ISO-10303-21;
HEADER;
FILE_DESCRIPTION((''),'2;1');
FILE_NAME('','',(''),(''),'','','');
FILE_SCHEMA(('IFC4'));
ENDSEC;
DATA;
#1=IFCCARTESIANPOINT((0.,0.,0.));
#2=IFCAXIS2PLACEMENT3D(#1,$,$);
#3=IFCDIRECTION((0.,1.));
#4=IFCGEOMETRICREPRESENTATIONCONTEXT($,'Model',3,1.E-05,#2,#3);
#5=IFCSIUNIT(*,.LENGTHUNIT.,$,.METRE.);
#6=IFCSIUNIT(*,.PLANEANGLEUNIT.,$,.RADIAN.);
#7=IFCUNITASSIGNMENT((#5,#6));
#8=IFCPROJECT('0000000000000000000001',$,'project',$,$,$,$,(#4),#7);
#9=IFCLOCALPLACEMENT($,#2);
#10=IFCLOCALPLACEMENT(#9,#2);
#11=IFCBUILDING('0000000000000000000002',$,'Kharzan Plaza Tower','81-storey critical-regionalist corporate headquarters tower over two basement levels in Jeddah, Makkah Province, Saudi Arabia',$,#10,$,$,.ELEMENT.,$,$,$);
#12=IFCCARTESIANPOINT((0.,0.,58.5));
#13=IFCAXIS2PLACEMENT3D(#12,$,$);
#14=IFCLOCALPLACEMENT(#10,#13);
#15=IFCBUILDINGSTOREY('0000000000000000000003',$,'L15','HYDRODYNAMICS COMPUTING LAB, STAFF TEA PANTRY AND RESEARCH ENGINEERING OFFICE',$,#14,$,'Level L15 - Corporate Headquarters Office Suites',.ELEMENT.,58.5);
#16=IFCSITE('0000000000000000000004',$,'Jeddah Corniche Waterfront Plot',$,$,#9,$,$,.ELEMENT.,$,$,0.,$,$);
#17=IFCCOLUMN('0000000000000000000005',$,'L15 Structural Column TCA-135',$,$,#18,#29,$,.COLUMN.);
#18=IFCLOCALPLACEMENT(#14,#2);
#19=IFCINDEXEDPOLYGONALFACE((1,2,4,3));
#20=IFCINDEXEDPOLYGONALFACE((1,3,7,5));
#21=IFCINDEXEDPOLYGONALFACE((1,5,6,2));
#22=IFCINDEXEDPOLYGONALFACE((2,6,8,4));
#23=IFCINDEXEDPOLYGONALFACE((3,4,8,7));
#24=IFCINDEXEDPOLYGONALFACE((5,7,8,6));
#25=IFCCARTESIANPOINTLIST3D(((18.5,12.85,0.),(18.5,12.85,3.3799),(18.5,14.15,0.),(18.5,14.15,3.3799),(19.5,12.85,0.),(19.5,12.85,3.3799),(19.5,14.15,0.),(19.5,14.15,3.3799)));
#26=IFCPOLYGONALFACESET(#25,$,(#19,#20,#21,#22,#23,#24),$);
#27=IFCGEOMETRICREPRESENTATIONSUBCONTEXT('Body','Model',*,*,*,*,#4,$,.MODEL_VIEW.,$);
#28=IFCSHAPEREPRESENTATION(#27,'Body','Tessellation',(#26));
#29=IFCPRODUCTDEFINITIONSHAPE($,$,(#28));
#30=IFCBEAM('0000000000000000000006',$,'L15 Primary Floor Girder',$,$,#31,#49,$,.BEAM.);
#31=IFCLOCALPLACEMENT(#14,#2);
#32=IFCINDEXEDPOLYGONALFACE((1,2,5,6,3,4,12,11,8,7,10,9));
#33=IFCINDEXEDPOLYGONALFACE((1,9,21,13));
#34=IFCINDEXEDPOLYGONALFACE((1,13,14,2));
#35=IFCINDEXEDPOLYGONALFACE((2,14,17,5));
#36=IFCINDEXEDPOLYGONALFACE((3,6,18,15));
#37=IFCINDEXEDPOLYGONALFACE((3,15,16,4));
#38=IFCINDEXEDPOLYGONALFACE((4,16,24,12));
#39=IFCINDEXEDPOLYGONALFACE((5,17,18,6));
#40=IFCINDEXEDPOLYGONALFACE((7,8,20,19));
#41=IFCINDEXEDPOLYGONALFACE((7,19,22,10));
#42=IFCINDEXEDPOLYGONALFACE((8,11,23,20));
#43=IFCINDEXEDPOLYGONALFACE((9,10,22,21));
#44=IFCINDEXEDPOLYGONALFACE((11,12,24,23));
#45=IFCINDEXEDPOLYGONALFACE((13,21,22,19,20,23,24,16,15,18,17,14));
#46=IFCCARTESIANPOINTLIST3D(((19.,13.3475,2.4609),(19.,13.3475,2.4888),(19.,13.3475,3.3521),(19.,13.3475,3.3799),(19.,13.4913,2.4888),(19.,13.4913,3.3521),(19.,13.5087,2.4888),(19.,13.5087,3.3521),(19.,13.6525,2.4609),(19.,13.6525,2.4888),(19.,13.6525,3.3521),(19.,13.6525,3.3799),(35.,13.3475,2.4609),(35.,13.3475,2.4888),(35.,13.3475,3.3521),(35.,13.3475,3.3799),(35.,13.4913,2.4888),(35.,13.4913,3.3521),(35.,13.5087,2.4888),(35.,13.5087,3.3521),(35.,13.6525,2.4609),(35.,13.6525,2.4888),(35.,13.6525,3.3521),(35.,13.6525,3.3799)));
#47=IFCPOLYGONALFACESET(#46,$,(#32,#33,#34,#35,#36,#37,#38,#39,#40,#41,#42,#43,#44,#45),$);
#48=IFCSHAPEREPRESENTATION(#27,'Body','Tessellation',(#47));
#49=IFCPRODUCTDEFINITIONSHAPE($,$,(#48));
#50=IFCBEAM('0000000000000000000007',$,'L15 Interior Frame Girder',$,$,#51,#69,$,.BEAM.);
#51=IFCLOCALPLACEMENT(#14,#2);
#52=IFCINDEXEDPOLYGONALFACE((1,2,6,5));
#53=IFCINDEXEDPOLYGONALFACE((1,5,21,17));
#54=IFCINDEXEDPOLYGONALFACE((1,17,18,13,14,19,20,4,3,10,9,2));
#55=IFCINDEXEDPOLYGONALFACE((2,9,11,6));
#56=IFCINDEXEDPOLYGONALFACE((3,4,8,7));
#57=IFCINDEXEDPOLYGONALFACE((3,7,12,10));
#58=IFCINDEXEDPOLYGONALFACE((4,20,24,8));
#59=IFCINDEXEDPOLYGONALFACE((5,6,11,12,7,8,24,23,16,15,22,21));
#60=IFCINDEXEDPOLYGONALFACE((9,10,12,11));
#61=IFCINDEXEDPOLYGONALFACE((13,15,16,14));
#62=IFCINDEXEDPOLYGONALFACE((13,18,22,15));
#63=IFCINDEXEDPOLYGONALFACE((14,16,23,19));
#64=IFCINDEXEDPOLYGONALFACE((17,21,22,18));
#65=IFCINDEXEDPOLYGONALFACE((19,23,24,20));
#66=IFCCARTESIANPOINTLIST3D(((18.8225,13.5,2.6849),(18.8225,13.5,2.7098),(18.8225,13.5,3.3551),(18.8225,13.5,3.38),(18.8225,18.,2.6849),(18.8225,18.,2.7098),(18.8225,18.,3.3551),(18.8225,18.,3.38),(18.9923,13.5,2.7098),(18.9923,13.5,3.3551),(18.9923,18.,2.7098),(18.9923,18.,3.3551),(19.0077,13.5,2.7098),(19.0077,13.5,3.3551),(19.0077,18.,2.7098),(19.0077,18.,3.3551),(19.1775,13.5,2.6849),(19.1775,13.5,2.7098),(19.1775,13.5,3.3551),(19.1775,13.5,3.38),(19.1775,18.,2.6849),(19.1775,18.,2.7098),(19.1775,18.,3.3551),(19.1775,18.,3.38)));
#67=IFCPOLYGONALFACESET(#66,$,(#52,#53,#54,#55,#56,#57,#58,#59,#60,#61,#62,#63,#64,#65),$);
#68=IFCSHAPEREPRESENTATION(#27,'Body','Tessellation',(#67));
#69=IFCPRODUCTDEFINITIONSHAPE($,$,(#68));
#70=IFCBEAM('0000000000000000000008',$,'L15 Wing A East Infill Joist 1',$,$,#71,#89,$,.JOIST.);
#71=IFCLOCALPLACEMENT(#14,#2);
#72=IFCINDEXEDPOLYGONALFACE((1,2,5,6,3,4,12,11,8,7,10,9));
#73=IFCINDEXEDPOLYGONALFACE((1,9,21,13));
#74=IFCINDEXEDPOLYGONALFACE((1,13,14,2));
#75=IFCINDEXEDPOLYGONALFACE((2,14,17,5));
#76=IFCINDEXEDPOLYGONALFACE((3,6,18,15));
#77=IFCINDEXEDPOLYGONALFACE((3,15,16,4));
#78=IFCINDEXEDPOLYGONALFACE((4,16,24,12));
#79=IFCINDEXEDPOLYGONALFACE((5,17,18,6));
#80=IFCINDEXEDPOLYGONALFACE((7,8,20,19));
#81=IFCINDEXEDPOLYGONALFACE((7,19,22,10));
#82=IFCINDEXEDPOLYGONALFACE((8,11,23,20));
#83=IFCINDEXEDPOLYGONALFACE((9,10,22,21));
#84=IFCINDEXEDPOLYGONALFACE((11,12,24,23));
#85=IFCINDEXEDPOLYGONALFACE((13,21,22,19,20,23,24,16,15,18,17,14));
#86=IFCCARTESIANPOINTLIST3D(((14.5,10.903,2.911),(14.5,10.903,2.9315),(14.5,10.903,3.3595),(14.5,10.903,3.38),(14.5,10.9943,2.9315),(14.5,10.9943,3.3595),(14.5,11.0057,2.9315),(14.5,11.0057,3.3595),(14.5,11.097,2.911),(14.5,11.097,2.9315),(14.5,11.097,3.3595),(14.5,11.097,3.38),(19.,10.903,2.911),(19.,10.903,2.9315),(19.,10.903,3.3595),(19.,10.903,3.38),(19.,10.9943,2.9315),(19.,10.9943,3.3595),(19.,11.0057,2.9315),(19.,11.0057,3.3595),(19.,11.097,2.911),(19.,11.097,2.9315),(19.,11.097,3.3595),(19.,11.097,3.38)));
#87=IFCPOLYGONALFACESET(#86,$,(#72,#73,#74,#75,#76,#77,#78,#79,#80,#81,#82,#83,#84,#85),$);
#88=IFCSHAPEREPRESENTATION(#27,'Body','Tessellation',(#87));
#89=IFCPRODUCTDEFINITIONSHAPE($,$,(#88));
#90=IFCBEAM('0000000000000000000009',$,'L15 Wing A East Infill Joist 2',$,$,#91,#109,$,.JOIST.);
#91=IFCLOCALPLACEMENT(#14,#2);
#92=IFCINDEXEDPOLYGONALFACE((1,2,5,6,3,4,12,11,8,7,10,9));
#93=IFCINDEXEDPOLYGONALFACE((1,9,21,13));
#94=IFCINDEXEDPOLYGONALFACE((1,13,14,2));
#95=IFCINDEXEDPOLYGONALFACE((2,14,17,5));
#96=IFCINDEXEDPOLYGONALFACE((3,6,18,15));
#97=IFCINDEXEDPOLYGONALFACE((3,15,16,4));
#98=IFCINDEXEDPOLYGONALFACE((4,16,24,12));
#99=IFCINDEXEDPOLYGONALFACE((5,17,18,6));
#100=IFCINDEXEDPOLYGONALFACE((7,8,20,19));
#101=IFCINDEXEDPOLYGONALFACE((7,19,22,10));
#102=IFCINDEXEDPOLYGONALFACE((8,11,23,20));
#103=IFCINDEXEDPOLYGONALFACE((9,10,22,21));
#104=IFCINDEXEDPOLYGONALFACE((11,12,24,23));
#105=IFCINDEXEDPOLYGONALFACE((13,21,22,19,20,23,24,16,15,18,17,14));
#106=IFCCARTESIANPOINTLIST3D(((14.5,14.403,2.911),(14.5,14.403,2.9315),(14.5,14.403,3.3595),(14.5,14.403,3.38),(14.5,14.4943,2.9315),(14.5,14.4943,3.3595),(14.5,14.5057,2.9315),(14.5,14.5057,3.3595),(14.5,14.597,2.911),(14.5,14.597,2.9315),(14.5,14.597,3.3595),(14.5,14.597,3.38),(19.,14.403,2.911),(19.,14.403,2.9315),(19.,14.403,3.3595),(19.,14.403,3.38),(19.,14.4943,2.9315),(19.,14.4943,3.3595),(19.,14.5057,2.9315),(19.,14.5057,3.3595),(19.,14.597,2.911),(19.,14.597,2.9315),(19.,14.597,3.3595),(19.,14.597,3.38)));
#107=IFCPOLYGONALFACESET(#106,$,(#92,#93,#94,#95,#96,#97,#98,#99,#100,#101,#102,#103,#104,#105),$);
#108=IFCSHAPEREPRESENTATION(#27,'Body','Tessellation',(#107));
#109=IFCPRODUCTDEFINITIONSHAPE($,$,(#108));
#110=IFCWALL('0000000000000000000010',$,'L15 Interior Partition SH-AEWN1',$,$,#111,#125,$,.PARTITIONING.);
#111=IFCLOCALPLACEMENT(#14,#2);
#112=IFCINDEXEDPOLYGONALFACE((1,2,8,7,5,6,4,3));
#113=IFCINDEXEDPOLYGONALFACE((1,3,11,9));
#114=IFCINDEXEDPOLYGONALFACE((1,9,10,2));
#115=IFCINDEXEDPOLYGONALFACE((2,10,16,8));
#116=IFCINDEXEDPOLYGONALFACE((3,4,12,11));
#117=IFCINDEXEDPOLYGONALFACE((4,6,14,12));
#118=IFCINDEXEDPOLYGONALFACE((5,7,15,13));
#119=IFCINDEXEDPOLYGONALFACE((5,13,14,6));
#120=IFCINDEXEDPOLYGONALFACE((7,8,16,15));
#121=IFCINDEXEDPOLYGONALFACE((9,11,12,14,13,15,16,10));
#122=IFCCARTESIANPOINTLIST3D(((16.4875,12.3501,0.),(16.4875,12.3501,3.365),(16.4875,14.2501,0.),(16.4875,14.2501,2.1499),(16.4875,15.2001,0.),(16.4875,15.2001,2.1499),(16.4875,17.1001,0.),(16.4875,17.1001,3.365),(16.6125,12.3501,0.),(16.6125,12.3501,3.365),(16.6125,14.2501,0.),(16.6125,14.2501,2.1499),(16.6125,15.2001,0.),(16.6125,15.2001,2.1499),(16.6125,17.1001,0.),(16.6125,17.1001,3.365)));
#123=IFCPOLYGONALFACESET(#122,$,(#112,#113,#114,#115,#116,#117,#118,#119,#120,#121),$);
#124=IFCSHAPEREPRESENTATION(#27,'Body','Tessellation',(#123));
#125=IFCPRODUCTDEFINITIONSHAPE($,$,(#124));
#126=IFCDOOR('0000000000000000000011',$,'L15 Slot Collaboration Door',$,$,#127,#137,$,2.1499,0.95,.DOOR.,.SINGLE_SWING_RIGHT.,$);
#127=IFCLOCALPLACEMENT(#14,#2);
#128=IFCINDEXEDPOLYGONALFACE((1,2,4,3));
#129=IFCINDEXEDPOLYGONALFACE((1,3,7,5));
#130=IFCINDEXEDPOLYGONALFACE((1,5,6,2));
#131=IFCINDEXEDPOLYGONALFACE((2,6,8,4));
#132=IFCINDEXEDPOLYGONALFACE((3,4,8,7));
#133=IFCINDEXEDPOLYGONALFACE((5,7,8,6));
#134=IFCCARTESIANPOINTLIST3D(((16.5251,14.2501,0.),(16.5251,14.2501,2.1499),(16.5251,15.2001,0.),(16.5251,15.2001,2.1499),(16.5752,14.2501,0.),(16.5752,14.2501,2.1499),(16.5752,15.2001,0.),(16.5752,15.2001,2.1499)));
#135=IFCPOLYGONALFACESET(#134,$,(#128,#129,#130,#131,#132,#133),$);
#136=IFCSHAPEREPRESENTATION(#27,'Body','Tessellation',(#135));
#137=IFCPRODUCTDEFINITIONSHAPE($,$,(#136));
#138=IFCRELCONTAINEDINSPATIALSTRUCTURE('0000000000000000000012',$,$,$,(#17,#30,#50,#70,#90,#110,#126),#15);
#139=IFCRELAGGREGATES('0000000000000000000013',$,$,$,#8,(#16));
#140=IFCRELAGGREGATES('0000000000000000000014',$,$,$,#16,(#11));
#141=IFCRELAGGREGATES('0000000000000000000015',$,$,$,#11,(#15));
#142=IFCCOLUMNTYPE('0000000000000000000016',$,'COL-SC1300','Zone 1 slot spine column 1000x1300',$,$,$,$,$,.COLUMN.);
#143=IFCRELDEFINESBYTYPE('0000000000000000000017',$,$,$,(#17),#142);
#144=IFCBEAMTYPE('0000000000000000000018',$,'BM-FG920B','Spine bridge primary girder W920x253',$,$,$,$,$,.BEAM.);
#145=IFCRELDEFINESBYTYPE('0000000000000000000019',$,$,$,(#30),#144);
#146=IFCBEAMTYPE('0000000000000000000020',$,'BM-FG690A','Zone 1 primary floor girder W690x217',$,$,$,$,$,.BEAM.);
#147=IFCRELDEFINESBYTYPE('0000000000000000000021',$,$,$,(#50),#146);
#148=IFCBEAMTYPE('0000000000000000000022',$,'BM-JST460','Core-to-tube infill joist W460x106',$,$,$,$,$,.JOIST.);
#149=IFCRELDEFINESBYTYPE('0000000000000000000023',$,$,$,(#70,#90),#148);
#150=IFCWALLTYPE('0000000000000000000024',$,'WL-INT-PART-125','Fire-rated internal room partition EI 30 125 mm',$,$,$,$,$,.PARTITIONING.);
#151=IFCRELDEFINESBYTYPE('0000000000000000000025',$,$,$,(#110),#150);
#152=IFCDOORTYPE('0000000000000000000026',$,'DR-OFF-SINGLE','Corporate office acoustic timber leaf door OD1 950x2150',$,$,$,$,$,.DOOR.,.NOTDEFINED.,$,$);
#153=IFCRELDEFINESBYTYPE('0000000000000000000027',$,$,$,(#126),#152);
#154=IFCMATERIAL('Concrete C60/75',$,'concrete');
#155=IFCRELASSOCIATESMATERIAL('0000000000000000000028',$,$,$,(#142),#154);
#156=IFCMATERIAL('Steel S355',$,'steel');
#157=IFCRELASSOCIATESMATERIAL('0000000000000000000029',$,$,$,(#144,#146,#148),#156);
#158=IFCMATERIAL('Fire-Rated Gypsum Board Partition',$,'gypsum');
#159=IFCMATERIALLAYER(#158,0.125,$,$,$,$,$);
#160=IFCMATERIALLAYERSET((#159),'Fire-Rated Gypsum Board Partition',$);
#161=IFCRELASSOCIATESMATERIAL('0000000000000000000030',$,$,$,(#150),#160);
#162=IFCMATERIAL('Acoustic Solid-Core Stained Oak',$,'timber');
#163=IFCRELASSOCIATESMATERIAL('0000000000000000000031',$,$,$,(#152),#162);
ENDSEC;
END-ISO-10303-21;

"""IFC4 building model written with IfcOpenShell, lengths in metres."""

from ifc_helpers import new_model, si_unit, direction, frame, frame_2d, origin, origin_2d, place, context, subcontext, project, spatial, rectangle, i_section, extrude, source, transform, mapped, material, layer, layer_set, material_profile, profile_set, type_object, element, fill, save


model = new_model("IFC4")

# Units and contexts
model_context = context("Model", 3, precision=1e-05, world=origin(), true_north=direction((0.0, 1.0)))
body_context = subcontext(model_context, "Body", "Model", "MODEL_VIEW")
ifc_project = project(units=[si_unit("LENGTHUNIT", "METRE"), si_unit("PLANEANGLEUNIT", "RADIAN")], contexts=[model_context])

# Site, building, storey
site_placement = place(None, origin())
site = spatial("IfcSite", under=ifc_project, at=site_placement, Name="Jeddah Corniche Waterfront Plot", CompositionType="ELEMENT", RefElevation=0.0)
building_placement = place(site_placement, origin())
building = spatial("IfcBuilding", under=site, at=building_placement, Name="Kharzan Plaza Tower", Description="81-storey critical-regionalist corporate headquarters tower over two basement levels in Jeddah, Makkah Province, Saudi Arabia", CompositionType="ELEMENT")
storey_placement = place(building_placement, frame((0.0, 0.0, 58.5)))
storey = spatial("IfcBuildingStorey", under=building, at=storey_placement, Name="L15", Description="HYDRODYNAMICS COMPUTING LAB, STAFF TEA PANTRY AND RESEARCH ENGINEERING OFFICE", LongName="Level L15 - Corporate Headquarters Office Suites", CompositionType="ELEMENT", Elevation=58.5)

# Column
ifc_material_1 = material(Name="Concrete C60/75", Category="concrete")
ifc_material_profile_1 = material_profile(ifc_material_1, rectangle(XDim=1.0, YDim=1.3, at=origin_2d()), Name="RC-SC1300x1000")
ifc_profile_set_1 = profile_set([ifc_material_profile_1], Name="Concrete C60/75")
column_type = type_object("IfcColumnType", Name="COL-SC1300", Description="Zone 1 slot spine column 1000x1300", PredefinedType="COLUMN", material=ifc_profile_set_1)
shared_shape_1 = source(origin(), body_context, "Body", "SweptSolid", [
    extrude(rectangle(XDim=1.0, YDim=1.3, at=origin_2d()), origin(), (0.0, 0.0, 1.0), 3.3799),
])
column_placement = place(storey_placement, frame((19.0, 13.5, 0.0), z_axis=(0.0, 0.0, 1.0), x_axis=(1.0, 0.0, 0.0)))
element("IfcColumn", 1, at=column_placement, inside=storey, type_object=column_type, Name="L15 Structural Column TCA-135", PredefinedType="COLUMN", context=body_context, shape_type="MappedRepresentation", body=[
    mapped(shared_shape_1, transform((0.0, 0.0, 0.0), x_axis=(1.0, 0.0, 0.0), y_axis=(0.0, 1.0, 0.0), z_axis=(0.0, 0.0, 1.0))),
])

# Beams
ifc_material_2 = material(Name="Steel S355", Category="steel")
ifc_material_profile_2 = material_profile(ifc_material_2, i_section(OverallWidth=0.3049, OverallDepth=0.9189, WebThickness=0.0173, FlangeThickness=0.0278, at=origin_2d()), Name="W920x253")
ifc_profile_set_2 = profile_set([ifc_material_profile_2], Name="Steel S355")
beam_type_1 = type_object("IfcBeamType", Name="BM-FG920B", Description="Spine bridge primary girder W920x253", PredefinedType="BEAM", material=ifc_profile_set_2)
shared_shape_2 = source(origin(), body_context, "Body", "SweptSolid", [
    extrude(i_section(OverallWidth=0.3049, OverallDepth=0.9189, WebThickness=0.0173, FlangeThickness=0.0278, at=origin_2d()), origin(), (0.0, 0.0, 1.0), 16.0),
])
beam_1_placement = place(storey_placement, frame((19.0, 13.5, 2.9204), z_axis=(1.0, 0.0, 0.0), x_axis=(0.0, 1.0, 0.0)))
element("IfcBeam", 2, at=beam_1_placement, inside=storey, type_object=beam_type_1, Name="L15 Primary Floor Girder", PredefinedType="BEAM", context=body_context, shape_type="MappedRepresentation", body=[
    mapped(shared_shape_2, transform((0.0, 0.0, 0.0), x_axis=(1.0, 0.0, 0.0), y_axis=(0.0, 1.0, 0.0), z_axis=(0.0, 0.0, 1.0))),
])
ifc_material_profile_3 = material_profile(ifc_material_2, i_section(OverallWidth=0.355, OverallDepth=0.6951, WebThickness=0.0154, FlangeThickness=0.0249, at=origin_2d()), Name="W690x217")
ifc_profile_set_3 = profile_set([ifc_material_profile_3], Name="Steel S355")
beam_type_2 = type_object("IfcBeamType", Name="BM-FG690A", Description="Zone 1 primary floor girder W690x217", PredefinedType="BEAM", material=ifc_profile_set_3)
shared_shape_3 = source(origin(), body_context, "Body", "SweptSolid", [
    extrude(i_section(OverallWidth=0.355, OverallDepth=0.6951, WebThickness=0.0154, FlangeThickness=0.0249, at=origin_2d()), origin(), (0.0, 0.0, 1.0), 4.5),
])
beam_2_placement = place(storey_placement, frame((19.0, 13.5, 3.0325), z_axis=(0.0, 1.0, 0.0), x_axis=(-1.0, 0.0, 0.0)))
element("IfcBeam", 3, at=beam_2_placement, inside=storey, type_object=beam_type_2, Name="L15 Interior Frame Girder", PredefinedType="BEAM", context=body_context, shape_type="MappedRepresentation", body=[
    mapped(shared_shape_3, transform((0.0, 0.0, 0.0), x_axis=(1.0, 0.0, 0.0), y_axis=(0.0, 1.0, 0.0), z_axis=(0.0, 0.0, 1.0))),
])
ifc_material_profile_4 = material_profile(ifc_material_2, i_section(OverallWidth=0.1941, OverallDepth=0.469, WebThickness=0.0115, FlangeThickness=0.0205, at=origin_2d()), Name="W460x106")
ifc_profile_set_4 = profile_set([ifc_material_profile_4], Name="Steel S355")
beam_type_3 = type_object("IfcBeamType", Name="BM-JST460", Description="Core-to-tube infill joist W460x106", PredefinedType="JOIST", material=ifc_profile_set_4)
shared_shape_4 = source(origin(), body_context, "Body", "SweptSolid", [
    extrude(i_section(OverallWidth=0.1941, OverallDepth=0.469, WebThickness=0.0115, FlangeThickness=0.0205, at=origin_2d()), origin(), (0.0, 0.0, 1.0), 4.5),
])
for number, where, z_axis, x_axis, name in (
    (4, (14.5, 11.0, 3.1455), (1.0, 0.0, 0.0), (0.0, 1.0, 0.0), "L15 Wing A East Infill Joist 1"),
    (5, (14.5, 14.5, 3.1455), (1.0, 0.0, 0.0), (0.0, 1.0, 0.0), "L15 Wing A East Infill Joist 2"),
):
    element("IfcBeam", number, at=place(storey_placement, frame(where, z_axis=z_axis, x_axis=x_axis)), inside=storey, type_object=beam_type_3, Name=name, PredefinedType="JOIST", context=body_context, shape_type="MappedRepresentation", body=[
        mapped(shared_shape_4, transform((0.0, 0.0, 0.0), x_axis=(1.0, 0.0, 0.0), y_axis=(0.0, 1.0, 0.0), z_axis=(0.0, 0.0, 1.0))),
    ])

# Wall, opening, door
ifc_material_3 = material(Name="Fire-Rated Gypsum Board Partition", Category="gypsum")
ifc_layer_1 = layer(ifc_material_3, 0.125)
ifc_layer_set_1 = layer_set([ifc_layer_1], Name="Fire-Rated Gypsum Board Partition")
wall_type_1 = type_object("IfcWallType", Name="WL-INT-PART-125", Description="Fire-rated internal room partition EI 30 125 mm", PredefinedType="PARTITIONING", material=ifc_layer_set_1)
wall_1_placement = place(storey_placement, frame((16.55, 12.3501, 0.0), z_axis=(0.0, 0.0, 1.0), x_axis=(0.0, 1.0, 0.0)))
wall_1 = element("IfcWall", 6, at=wall_1_placement, inside=storey, type_object=wall_type_1, Name="L15 Interior Partition SH-AEWN1", PredefinedType="PARTITIONING", context=body_context, shape_type="SweptSolid", body=[
    extrude(rectangle(XDim=4.75, YDim=0.125, at=frame_2d((2.375, 0.0))), origin(), (0.0, 0.0, 1.0), 3.365),
])
opening_1_placement = place(wall_1_placement, frame((1.8999, 0.0, 0.0)))
opening_1 = element("IfcOpeningElement", 7, at=opening_1_placement, cuts=wall_1, PredefinedType="OPENING", context=body_context, shape_type="SweptSolid", body=[
    extrude(rectangle(XDim=0.95, YDim=2.1499, at=frame_2d((0.4751, 1.075))), frame((0.0, 0.0725, 0.0), z_axis=(0.0, -1.0, 0.0), x_axis=(1.0, 0.0, 0.0)), (0.0, 0.0, 1.0), 0.145),
])
ifc_material_4 = material(Name="Acoustic Solid-Core Stained Oak", Category="timber")
door_type_1 = type_object("IfcDoorType", Name="DR-OFF-SINGLE", Description="Corporate office acoustic timber leaf door OD1 950x2150", OperationType="NOTDEFINED", PredefinedType="DOOR", material=ifc_material_4)
shared_shape_5 = source(origin(), body_context, "Body", "SweptSolid", [
    extrude(rectangle(XDim=0.95, YDim=2.1499, at=frame_2d((0.4751, 1.075))), frame((0.0, 0.0249, 0.0), z_axis=(0.0, -1.0, 0.0), x_axis=(1.0, 0.0, 0.0)), (0.0, 0.0, 1.0), 0.05),
])
door_1_placement = place(opening_1_placement, origin())
door_1 = element("IfcDoor", 8, at=door_1_placement, inside=storey, type_object=door_type_1, Name="L15 Slot Collaboration Door", OperationType="SINGLE_SWING_RIGHT", OverallHeight=2.1499, OverallWidth=0.95, PredefinedType="DOOR", context=body_context, shape_type="MappedRepresentation", body=[
    mapped(shared_shape_5, transform((0.0, 0.0, 0.0), x_axis=(1.0, 0.0, 0.0), y_axis=(0.0, 1.0, 0.0), z_axis=(0.0, 0.0, 1.0))),
])
fill(opening_1, door_1)

save(model, "model.ifc")
